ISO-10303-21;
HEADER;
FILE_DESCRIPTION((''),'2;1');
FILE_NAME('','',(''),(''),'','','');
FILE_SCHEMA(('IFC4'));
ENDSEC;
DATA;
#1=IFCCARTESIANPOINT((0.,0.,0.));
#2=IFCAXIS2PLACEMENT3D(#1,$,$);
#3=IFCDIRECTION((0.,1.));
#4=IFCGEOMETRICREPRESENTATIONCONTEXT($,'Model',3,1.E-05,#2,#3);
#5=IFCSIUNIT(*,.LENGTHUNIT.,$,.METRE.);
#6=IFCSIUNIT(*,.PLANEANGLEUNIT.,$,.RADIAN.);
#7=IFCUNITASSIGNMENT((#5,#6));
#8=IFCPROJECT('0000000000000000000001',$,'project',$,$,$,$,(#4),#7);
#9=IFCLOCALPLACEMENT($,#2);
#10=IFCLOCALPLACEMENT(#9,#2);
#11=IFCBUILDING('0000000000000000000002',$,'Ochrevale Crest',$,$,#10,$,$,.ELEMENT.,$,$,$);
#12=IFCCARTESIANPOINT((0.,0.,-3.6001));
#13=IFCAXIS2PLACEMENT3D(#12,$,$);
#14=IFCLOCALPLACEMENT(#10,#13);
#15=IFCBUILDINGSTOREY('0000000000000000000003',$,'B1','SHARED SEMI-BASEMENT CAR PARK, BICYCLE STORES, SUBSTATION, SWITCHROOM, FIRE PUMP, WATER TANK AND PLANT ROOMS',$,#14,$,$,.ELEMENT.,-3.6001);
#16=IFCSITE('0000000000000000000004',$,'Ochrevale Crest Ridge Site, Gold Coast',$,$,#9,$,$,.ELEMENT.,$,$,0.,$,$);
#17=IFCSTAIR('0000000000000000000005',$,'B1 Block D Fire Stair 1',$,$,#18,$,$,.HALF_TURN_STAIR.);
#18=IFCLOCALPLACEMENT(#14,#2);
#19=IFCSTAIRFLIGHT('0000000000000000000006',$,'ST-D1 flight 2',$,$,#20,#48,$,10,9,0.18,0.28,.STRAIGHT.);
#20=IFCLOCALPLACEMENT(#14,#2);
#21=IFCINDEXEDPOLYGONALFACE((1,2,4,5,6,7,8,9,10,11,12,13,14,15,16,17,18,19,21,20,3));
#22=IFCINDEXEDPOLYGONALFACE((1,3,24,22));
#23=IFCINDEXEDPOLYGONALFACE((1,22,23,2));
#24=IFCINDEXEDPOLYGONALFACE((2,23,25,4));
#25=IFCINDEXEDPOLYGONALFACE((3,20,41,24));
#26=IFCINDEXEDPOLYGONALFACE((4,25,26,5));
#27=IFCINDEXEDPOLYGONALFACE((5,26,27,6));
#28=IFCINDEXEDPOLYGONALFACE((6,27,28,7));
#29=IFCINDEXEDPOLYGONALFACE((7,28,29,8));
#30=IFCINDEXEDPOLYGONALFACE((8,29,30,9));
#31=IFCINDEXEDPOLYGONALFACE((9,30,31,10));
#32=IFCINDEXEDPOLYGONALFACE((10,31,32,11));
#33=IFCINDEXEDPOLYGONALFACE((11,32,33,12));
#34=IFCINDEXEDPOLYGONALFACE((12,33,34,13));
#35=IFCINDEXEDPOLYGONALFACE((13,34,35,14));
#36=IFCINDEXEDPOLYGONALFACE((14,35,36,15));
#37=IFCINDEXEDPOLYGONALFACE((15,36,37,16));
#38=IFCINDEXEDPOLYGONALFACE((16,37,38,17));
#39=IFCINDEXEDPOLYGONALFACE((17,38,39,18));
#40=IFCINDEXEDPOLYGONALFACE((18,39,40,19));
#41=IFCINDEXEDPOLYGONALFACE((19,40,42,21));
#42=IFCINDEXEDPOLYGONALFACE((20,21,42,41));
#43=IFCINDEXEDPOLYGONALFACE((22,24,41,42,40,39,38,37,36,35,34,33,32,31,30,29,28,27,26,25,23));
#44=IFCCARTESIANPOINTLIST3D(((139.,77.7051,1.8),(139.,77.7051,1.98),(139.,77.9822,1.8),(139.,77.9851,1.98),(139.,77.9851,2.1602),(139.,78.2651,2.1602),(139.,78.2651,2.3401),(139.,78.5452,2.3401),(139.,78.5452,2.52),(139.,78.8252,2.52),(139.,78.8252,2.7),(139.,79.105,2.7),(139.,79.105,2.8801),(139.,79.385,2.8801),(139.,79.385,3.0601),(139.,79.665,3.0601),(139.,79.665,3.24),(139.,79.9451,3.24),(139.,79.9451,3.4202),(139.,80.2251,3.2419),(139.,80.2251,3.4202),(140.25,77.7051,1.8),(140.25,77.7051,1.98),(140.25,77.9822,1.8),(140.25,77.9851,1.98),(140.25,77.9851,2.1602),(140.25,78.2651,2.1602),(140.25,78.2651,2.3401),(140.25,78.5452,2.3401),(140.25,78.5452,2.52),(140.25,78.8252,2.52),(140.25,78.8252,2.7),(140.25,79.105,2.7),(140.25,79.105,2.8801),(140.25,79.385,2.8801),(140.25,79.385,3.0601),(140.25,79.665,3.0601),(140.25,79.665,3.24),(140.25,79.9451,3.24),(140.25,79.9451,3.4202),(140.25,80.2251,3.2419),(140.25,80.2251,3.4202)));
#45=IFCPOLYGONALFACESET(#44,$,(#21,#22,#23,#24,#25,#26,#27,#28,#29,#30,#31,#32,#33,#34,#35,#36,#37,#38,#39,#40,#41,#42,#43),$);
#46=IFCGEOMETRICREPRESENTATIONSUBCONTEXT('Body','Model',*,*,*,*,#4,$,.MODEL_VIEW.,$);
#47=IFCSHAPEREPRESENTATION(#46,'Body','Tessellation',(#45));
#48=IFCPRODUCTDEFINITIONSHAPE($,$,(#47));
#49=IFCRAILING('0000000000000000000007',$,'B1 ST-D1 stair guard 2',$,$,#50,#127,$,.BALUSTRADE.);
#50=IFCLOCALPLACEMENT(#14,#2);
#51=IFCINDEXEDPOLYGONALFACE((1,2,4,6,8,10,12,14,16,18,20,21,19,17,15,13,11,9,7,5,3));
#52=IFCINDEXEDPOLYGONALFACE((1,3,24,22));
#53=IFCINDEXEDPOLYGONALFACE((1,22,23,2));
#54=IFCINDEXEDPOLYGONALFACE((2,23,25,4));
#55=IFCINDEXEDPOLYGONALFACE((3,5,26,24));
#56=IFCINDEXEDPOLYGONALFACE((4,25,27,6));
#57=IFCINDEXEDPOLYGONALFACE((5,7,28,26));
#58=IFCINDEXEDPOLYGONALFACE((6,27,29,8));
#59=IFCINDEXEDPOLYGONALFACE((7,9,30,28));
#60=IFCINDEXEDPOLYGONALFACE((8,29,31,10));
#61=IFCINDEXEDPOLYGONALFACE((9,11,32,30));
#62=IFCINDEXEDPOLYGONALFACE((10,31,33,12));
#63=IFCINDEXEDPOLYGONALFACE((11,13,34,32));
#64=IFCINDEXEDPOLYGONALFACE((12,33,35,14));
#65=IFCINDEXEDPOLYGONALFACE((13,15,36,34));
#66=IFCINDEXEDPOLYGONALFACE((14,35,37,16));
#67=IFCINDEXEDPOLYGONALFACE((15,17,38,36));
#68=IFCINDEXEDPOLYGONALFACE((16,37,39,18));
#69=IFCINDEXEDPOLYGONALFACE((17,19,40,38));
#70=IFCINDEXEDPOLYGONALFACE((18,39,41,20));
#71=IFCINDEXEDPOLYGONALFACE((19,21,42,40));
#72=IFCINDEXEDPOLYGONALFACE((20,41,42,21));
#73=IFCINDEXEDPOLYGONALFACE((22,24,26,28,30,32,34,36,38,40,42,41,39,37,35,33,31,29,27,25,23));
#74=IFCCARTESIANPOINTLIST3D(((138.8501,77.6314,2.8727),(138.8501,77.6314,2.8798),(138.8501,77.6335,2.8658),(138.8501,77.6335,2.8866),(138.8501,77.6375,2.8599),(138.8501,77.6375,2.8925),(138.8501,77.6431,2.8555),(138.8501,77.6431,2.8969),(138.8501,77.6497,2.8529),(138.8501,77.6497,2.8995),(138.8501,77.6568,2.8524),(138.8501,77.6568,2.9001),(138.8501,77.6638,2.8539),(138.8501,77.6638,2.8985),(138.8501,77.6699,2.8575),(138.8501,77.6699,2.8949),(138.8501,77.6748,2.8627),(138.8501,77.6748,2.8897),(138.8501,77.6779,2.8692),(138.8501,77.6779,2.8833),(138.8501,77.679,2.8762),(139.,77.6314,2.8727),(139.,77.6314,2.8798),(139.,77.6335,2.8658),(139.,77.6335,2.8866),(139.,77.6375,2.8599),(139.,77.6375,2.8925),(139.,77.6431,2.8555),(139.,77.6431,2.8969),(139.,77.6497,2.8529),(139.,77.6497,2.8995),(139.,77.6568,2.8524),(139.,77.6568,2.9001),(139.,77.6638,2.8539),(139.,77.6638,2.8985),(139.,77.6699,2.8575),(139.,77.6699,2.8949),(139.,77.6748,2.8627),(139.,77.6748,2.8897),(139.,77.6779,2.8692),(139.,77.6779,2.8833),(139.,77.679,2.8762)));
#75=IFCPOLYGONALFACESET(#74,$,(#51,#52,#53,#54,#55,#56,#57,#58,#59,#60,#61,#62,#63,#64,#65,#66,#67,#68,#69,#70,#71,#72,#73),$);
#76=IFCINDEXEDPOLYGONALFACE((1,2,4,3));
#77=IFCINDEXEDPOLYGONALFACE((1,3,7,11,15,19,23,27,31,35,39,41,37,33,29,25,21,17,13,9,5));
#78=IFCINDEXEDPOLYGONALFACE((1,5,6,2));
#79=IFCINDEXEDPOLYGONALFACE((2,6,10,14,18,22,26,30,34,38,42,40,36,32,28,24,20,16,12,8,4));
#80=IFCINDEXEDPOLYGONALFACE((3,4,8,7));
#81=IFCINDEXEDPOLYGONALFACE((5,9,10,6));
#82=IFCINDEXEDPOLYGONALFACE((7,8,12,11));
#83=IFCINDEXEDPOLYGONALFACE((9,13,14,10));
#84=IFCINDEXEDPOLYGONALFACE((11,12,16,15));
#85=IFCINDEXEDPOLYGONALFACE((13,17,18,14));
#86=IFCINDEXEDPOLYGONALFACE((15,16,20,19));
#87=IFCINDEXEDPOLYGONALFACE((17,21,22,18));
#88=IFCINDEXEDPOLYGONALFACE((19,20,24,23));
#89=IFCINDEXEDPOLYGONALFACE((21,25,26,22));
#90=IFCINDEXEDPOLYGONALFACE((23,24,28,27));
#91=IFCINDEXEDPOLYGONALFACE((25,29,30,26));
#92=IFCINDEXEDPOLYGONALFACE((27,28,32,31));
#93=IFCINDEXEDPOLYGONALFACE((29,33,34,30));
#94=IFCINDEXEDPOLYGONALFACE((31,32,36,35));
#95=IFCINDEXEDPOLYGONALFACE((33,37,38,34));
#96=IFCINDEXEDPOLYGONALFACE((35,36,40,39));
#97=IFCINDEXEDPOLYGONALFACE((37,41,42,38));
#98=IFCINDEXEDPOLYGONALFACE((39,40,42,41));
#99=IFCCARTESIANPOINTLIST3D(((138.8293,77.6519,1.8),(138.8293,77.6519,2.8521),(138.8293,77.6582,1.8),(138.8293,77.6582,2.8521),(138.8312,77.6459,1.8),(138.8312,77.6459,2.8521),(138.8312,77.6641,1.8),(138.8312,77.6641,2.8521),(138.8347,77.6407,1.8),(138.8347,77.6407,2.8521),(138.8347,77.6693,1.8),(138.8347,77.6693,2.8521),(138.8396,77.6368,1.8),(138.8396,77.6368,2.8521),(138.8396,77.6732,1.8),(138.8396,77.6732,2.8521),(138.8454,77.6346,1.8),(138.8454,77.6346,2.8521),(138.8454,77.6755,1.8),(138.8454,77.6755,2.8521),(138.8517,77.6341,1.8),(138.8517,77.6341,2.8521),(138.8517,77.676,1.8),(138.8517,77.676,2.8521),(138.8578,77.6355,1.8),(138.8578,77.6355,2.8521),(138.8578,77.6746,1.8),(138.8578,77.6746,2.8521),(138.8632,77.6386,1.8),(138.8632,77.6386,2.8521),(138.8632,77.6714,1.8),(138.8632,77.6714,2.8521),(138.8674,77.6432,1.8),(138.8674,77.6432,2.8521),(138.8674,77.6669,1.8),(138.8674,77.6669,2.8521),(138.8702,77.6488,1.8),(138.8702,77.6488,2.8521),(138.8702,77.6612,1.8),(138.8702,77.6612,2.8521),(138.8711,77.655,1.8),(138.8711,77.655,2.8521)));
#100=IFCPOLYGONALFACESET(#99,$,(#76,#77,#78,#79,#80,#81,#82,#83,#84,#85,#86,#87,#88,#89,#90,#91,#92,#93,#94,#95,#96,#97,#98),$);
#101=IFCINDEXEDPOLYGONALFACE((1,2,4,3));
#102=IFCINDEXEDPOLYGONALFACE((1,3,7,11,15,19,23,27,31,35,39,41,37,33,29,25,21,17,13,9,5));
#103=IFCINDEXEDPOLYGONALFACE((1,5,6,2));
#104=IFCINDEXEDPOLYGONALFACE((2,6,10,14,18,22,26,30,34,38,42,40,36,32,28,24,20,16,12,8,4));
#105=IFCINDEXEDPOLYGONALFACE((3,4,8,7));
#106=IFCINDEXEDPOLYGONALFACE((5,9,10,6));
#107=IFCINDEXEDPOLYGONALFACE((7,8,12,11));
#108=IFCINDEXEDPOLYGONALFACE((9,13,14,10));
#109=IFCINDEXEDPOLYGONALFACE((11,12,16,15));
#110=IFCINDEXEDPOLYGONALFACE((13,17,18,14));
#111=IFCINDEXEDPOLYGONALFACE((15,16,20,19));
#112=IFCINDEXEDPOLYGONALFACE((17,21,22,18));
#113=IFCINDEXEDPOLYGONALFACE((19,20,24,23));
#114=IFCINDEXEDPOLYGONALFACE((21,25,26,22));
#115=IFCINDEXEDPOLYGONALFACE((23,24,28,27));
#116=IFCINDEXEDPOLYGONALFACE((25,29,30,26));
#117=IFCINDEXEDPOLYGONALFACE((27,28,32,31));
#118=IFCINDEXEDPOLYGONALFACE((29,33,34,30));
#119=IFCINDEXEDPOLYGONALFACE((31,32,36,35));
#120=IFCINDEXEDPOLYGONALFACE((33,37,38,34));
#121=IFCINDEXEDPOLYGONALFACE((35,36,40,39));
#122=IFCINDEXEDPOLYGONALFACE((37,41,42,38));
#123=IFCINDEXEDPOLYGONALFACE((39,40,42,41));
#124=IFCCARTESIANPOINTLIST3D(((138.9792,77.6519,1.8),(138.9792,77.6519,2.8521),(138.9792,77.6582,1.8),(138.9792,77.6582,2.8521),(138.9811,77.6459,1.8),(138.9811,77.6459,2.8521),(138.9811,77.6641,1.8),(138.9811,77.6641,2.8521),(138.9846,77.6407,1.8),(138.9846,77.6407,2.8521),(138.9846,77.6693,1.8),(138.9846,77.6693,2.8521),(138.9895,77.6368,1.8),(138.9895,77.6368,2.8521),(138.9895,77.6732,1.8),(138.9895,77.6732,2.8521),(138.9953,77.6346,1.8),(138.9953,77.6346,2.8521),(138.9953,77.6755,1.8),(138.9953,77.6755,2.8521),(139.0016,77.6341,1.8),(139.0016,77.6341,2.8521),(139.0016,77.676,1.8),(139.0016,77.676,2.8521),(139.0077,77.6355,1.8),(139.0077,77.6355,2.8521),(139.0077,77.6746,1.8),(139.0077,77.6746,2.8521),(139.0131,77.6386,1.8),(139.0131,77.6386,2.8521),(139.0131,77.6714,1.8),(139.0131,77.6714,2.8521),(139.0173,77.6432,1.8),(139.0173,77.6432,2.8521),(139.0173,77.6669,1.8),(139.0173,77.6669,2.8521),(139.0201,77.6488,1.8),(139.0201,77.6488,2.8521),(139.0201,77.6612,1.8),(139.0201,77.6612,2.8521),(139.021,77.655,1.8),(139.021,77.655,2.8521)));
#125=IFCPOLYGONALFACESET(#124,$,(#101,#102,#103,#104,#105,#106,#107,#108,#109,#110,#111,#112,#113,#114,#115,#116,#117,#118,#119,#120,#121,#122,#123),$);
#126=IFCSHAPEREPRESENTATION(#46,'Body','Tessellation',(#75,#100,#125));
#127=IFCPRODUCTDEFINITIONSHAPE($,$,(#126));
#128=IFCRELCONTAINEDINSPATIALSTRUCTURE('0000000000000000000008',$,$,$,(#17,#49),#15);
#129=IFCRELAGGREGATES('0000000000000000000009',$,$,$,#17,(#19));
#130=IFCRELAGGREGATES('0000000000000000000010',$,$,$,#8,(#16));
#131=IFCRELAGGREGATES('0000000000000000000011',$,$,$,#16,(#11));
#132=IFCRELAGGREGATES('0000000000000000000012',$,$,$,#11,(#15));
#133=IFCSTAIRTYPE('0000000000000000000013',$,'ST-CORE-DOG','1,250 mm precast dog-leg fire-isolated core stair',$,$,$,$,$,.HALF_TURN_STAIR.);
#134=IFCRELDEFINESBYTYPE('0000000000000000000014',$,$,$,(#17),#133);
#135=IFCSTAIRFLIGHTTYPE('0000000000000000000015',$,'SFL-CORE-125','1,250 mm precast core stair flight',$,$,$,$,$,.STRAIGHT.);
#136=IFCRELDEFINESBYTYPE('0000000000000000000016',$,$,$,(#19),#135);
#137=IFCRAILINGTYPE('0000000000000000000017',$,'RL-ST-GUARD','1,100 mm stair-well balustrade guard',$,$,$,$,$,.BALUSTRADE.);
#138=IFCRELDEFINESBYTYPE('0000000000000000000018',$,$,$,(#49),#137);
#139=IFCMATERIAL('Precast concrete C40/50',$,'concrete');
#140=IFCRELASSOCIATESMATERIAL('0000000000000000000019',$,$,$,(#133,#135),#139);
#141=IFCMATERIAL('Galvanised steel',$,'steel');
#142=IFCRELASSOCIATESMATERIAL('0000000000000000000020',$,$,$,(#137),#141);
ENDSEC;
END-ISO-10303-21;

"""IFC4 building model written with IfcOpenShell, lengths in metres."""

from ifc_helpers import new_model, si_unit, direction, frame, origin, origin_2d, place, context, subcontext, project, spatial, polyline, circle, outline, extrude, material, type_object, element, aggregate, save


model = new_model("IFC4")

# Units and contexts
model_context = context("Model", 3, precision=1e-05, world=origin(), true_north=direction((0.0, 1.0)))
body_context = subcontext(model_context, "Body", "Model", "MODEL_VIEW")
ifc_project = project(units=[si_unit("LENGTHUNIT", "METRE"), si_unit("PLANEANGLEUNIT", "RADIAN")], contexts=[model_context])

# Site, building, storey
site_placement = place(None, origin())
site = spatial("IfcSite", under=ifc_project, at=site_placement, Name="Ochrevale Crest Ridge Site, Gold Coast", CompositionType="ELEMENT", RefElevation=0.0)
building_placement = place(site_placement, origin())
building = spatial("IfcBuilding", under=site, at=building_placement, Name="Ochrevale Crest", CompositionType="ELEMENT")
storey_placement = place(building_placement, frame((0.0, 0.0, -3.6001)))
storey = spatial("IfcBuildingStorey", under=building, at=storey_placement, Name="B1", Description="SHARED SEMI-BASEMENT CAR PARK, BICYCLE STORES, SUBSTATION, SWITCHROOM, FIRE PUMP, WATER TANK AND PLANT ROOMS", CompositionType="ELEMENT", Elevation=-3.6001)

# Stair, stair flight
ifc_material_1 = material(Name="Precast concrete C40/50", Category="concrete")
stair_type = type_object("IfcStairType", Name="ST-CORE-DOG", Description="1,250 mm precast dog-leg fire-isolated core stair", PredefinedType="HALF_TURN_STAIR", material=ifc_material_1)
stair_placement = place(storey_placement, origin())
stair = element("IfcStair", 1, at=stair_placement, inside=storey, type_object=stair_type, Name="B1 Block D Fire Stair 1", PredefinedType="HALF_TURN_STAIR")
stair_flight_type = type_object("IfcStairFlightType", Name="SFL-CORE-125", Description="1,250 mm precast core stair flight", PredefinedType="STRAIGHT", material=ifc_material_1)
stair_flight_placement = place(storey_placement, frame((139.625, 77.7051, 1.8), z_axis=(0.0, 0.0, 1.0), x_axis=(0.0, 1.0, 0.0)))
stair_flight = element("IfcStairFlight", 2, at=stair_flight_placement, type_object=stair_flight_type, Name="ST-D1 flight 2", NumberOfRisers=10, NumberOfTreads=9, PredefinedType="STRAIGHT", RiserHeight=0.18, TreadLength=0.28, context=body_context, shape_type="SweptSolid", body=[
    extrude(outline(polyline([(0.0, 0.0), (0.0, 0.1799), (0.28, 0.1799), (0.28, 0.3601), (0.5601, 0.3601), (0.5601, 0.54), (0.8401, 0.54), (0.8401, 0.72), (1.1201, 0.72), (1.1201, 0.8999), (1.3999, 0.8999), (1.3999, 1.0801), (1.6799, 1.0801), (1.6799, 1.26), (1.96, 1.26), (1.96, 1.4399), (2.24, 1.4399), (2.24, 1.6201), (2.52, 1.6201), (2.52, 1.8), (2.52, 1.4419), (0.2771, 0.0), (0.0, 0.0)])), frame((0.0, 0.625, 0.0), z_axis=(0.0, -1.0, 0.0), x_axis=(1.0, 0.0, 0.0)), (0.0, 0.0, 1.0), 1.25),
])
aggregate(stair, [stair_flight])

# Railing
ifc_material_2 = material(Name="Galvanised steel", Category="steel")
railing_type_1 = type_object("IfcRailingType", Name="RL-ST-GUARD", Description="1,100 mm stair-well balustrade guard", PredefinedType="BALUSTRADE", material=ifc_material_2)
railing_1_placement = place(storey_placement, frame((138.8501, 77.655, 1.8)))
element("IfcRailing", 3, at=railing_1_placement, inside=storey, type_object=railing_type_1, Name="B1 ST-D1 stair guard 2", PredefinedType="BALUSTRADE", context=body_context, shape_type="SweptSolid", body=[
    extrude(circle(Radius=0.0239, at=origin_2d()), frame((0.0, 0.0, 1.0762), z_axis=(1.0, 0.0, 0.0), x_axis=(0.0, 1.0, 0.0)), (0.0, 0.0, 1.0), 0.1499),
    extrude(circle(Radius=0.021, at=origin_2d()), origin(), (0.0, 0.0, 1.0), 1.052),
    extrude(circle(Radius=0.021, at=origin_2d()), frame((0.1499, 0.0, 0.0)), (0.0, 0.0, 1.0), 1.052),
])

save(model, "model.ifc")
